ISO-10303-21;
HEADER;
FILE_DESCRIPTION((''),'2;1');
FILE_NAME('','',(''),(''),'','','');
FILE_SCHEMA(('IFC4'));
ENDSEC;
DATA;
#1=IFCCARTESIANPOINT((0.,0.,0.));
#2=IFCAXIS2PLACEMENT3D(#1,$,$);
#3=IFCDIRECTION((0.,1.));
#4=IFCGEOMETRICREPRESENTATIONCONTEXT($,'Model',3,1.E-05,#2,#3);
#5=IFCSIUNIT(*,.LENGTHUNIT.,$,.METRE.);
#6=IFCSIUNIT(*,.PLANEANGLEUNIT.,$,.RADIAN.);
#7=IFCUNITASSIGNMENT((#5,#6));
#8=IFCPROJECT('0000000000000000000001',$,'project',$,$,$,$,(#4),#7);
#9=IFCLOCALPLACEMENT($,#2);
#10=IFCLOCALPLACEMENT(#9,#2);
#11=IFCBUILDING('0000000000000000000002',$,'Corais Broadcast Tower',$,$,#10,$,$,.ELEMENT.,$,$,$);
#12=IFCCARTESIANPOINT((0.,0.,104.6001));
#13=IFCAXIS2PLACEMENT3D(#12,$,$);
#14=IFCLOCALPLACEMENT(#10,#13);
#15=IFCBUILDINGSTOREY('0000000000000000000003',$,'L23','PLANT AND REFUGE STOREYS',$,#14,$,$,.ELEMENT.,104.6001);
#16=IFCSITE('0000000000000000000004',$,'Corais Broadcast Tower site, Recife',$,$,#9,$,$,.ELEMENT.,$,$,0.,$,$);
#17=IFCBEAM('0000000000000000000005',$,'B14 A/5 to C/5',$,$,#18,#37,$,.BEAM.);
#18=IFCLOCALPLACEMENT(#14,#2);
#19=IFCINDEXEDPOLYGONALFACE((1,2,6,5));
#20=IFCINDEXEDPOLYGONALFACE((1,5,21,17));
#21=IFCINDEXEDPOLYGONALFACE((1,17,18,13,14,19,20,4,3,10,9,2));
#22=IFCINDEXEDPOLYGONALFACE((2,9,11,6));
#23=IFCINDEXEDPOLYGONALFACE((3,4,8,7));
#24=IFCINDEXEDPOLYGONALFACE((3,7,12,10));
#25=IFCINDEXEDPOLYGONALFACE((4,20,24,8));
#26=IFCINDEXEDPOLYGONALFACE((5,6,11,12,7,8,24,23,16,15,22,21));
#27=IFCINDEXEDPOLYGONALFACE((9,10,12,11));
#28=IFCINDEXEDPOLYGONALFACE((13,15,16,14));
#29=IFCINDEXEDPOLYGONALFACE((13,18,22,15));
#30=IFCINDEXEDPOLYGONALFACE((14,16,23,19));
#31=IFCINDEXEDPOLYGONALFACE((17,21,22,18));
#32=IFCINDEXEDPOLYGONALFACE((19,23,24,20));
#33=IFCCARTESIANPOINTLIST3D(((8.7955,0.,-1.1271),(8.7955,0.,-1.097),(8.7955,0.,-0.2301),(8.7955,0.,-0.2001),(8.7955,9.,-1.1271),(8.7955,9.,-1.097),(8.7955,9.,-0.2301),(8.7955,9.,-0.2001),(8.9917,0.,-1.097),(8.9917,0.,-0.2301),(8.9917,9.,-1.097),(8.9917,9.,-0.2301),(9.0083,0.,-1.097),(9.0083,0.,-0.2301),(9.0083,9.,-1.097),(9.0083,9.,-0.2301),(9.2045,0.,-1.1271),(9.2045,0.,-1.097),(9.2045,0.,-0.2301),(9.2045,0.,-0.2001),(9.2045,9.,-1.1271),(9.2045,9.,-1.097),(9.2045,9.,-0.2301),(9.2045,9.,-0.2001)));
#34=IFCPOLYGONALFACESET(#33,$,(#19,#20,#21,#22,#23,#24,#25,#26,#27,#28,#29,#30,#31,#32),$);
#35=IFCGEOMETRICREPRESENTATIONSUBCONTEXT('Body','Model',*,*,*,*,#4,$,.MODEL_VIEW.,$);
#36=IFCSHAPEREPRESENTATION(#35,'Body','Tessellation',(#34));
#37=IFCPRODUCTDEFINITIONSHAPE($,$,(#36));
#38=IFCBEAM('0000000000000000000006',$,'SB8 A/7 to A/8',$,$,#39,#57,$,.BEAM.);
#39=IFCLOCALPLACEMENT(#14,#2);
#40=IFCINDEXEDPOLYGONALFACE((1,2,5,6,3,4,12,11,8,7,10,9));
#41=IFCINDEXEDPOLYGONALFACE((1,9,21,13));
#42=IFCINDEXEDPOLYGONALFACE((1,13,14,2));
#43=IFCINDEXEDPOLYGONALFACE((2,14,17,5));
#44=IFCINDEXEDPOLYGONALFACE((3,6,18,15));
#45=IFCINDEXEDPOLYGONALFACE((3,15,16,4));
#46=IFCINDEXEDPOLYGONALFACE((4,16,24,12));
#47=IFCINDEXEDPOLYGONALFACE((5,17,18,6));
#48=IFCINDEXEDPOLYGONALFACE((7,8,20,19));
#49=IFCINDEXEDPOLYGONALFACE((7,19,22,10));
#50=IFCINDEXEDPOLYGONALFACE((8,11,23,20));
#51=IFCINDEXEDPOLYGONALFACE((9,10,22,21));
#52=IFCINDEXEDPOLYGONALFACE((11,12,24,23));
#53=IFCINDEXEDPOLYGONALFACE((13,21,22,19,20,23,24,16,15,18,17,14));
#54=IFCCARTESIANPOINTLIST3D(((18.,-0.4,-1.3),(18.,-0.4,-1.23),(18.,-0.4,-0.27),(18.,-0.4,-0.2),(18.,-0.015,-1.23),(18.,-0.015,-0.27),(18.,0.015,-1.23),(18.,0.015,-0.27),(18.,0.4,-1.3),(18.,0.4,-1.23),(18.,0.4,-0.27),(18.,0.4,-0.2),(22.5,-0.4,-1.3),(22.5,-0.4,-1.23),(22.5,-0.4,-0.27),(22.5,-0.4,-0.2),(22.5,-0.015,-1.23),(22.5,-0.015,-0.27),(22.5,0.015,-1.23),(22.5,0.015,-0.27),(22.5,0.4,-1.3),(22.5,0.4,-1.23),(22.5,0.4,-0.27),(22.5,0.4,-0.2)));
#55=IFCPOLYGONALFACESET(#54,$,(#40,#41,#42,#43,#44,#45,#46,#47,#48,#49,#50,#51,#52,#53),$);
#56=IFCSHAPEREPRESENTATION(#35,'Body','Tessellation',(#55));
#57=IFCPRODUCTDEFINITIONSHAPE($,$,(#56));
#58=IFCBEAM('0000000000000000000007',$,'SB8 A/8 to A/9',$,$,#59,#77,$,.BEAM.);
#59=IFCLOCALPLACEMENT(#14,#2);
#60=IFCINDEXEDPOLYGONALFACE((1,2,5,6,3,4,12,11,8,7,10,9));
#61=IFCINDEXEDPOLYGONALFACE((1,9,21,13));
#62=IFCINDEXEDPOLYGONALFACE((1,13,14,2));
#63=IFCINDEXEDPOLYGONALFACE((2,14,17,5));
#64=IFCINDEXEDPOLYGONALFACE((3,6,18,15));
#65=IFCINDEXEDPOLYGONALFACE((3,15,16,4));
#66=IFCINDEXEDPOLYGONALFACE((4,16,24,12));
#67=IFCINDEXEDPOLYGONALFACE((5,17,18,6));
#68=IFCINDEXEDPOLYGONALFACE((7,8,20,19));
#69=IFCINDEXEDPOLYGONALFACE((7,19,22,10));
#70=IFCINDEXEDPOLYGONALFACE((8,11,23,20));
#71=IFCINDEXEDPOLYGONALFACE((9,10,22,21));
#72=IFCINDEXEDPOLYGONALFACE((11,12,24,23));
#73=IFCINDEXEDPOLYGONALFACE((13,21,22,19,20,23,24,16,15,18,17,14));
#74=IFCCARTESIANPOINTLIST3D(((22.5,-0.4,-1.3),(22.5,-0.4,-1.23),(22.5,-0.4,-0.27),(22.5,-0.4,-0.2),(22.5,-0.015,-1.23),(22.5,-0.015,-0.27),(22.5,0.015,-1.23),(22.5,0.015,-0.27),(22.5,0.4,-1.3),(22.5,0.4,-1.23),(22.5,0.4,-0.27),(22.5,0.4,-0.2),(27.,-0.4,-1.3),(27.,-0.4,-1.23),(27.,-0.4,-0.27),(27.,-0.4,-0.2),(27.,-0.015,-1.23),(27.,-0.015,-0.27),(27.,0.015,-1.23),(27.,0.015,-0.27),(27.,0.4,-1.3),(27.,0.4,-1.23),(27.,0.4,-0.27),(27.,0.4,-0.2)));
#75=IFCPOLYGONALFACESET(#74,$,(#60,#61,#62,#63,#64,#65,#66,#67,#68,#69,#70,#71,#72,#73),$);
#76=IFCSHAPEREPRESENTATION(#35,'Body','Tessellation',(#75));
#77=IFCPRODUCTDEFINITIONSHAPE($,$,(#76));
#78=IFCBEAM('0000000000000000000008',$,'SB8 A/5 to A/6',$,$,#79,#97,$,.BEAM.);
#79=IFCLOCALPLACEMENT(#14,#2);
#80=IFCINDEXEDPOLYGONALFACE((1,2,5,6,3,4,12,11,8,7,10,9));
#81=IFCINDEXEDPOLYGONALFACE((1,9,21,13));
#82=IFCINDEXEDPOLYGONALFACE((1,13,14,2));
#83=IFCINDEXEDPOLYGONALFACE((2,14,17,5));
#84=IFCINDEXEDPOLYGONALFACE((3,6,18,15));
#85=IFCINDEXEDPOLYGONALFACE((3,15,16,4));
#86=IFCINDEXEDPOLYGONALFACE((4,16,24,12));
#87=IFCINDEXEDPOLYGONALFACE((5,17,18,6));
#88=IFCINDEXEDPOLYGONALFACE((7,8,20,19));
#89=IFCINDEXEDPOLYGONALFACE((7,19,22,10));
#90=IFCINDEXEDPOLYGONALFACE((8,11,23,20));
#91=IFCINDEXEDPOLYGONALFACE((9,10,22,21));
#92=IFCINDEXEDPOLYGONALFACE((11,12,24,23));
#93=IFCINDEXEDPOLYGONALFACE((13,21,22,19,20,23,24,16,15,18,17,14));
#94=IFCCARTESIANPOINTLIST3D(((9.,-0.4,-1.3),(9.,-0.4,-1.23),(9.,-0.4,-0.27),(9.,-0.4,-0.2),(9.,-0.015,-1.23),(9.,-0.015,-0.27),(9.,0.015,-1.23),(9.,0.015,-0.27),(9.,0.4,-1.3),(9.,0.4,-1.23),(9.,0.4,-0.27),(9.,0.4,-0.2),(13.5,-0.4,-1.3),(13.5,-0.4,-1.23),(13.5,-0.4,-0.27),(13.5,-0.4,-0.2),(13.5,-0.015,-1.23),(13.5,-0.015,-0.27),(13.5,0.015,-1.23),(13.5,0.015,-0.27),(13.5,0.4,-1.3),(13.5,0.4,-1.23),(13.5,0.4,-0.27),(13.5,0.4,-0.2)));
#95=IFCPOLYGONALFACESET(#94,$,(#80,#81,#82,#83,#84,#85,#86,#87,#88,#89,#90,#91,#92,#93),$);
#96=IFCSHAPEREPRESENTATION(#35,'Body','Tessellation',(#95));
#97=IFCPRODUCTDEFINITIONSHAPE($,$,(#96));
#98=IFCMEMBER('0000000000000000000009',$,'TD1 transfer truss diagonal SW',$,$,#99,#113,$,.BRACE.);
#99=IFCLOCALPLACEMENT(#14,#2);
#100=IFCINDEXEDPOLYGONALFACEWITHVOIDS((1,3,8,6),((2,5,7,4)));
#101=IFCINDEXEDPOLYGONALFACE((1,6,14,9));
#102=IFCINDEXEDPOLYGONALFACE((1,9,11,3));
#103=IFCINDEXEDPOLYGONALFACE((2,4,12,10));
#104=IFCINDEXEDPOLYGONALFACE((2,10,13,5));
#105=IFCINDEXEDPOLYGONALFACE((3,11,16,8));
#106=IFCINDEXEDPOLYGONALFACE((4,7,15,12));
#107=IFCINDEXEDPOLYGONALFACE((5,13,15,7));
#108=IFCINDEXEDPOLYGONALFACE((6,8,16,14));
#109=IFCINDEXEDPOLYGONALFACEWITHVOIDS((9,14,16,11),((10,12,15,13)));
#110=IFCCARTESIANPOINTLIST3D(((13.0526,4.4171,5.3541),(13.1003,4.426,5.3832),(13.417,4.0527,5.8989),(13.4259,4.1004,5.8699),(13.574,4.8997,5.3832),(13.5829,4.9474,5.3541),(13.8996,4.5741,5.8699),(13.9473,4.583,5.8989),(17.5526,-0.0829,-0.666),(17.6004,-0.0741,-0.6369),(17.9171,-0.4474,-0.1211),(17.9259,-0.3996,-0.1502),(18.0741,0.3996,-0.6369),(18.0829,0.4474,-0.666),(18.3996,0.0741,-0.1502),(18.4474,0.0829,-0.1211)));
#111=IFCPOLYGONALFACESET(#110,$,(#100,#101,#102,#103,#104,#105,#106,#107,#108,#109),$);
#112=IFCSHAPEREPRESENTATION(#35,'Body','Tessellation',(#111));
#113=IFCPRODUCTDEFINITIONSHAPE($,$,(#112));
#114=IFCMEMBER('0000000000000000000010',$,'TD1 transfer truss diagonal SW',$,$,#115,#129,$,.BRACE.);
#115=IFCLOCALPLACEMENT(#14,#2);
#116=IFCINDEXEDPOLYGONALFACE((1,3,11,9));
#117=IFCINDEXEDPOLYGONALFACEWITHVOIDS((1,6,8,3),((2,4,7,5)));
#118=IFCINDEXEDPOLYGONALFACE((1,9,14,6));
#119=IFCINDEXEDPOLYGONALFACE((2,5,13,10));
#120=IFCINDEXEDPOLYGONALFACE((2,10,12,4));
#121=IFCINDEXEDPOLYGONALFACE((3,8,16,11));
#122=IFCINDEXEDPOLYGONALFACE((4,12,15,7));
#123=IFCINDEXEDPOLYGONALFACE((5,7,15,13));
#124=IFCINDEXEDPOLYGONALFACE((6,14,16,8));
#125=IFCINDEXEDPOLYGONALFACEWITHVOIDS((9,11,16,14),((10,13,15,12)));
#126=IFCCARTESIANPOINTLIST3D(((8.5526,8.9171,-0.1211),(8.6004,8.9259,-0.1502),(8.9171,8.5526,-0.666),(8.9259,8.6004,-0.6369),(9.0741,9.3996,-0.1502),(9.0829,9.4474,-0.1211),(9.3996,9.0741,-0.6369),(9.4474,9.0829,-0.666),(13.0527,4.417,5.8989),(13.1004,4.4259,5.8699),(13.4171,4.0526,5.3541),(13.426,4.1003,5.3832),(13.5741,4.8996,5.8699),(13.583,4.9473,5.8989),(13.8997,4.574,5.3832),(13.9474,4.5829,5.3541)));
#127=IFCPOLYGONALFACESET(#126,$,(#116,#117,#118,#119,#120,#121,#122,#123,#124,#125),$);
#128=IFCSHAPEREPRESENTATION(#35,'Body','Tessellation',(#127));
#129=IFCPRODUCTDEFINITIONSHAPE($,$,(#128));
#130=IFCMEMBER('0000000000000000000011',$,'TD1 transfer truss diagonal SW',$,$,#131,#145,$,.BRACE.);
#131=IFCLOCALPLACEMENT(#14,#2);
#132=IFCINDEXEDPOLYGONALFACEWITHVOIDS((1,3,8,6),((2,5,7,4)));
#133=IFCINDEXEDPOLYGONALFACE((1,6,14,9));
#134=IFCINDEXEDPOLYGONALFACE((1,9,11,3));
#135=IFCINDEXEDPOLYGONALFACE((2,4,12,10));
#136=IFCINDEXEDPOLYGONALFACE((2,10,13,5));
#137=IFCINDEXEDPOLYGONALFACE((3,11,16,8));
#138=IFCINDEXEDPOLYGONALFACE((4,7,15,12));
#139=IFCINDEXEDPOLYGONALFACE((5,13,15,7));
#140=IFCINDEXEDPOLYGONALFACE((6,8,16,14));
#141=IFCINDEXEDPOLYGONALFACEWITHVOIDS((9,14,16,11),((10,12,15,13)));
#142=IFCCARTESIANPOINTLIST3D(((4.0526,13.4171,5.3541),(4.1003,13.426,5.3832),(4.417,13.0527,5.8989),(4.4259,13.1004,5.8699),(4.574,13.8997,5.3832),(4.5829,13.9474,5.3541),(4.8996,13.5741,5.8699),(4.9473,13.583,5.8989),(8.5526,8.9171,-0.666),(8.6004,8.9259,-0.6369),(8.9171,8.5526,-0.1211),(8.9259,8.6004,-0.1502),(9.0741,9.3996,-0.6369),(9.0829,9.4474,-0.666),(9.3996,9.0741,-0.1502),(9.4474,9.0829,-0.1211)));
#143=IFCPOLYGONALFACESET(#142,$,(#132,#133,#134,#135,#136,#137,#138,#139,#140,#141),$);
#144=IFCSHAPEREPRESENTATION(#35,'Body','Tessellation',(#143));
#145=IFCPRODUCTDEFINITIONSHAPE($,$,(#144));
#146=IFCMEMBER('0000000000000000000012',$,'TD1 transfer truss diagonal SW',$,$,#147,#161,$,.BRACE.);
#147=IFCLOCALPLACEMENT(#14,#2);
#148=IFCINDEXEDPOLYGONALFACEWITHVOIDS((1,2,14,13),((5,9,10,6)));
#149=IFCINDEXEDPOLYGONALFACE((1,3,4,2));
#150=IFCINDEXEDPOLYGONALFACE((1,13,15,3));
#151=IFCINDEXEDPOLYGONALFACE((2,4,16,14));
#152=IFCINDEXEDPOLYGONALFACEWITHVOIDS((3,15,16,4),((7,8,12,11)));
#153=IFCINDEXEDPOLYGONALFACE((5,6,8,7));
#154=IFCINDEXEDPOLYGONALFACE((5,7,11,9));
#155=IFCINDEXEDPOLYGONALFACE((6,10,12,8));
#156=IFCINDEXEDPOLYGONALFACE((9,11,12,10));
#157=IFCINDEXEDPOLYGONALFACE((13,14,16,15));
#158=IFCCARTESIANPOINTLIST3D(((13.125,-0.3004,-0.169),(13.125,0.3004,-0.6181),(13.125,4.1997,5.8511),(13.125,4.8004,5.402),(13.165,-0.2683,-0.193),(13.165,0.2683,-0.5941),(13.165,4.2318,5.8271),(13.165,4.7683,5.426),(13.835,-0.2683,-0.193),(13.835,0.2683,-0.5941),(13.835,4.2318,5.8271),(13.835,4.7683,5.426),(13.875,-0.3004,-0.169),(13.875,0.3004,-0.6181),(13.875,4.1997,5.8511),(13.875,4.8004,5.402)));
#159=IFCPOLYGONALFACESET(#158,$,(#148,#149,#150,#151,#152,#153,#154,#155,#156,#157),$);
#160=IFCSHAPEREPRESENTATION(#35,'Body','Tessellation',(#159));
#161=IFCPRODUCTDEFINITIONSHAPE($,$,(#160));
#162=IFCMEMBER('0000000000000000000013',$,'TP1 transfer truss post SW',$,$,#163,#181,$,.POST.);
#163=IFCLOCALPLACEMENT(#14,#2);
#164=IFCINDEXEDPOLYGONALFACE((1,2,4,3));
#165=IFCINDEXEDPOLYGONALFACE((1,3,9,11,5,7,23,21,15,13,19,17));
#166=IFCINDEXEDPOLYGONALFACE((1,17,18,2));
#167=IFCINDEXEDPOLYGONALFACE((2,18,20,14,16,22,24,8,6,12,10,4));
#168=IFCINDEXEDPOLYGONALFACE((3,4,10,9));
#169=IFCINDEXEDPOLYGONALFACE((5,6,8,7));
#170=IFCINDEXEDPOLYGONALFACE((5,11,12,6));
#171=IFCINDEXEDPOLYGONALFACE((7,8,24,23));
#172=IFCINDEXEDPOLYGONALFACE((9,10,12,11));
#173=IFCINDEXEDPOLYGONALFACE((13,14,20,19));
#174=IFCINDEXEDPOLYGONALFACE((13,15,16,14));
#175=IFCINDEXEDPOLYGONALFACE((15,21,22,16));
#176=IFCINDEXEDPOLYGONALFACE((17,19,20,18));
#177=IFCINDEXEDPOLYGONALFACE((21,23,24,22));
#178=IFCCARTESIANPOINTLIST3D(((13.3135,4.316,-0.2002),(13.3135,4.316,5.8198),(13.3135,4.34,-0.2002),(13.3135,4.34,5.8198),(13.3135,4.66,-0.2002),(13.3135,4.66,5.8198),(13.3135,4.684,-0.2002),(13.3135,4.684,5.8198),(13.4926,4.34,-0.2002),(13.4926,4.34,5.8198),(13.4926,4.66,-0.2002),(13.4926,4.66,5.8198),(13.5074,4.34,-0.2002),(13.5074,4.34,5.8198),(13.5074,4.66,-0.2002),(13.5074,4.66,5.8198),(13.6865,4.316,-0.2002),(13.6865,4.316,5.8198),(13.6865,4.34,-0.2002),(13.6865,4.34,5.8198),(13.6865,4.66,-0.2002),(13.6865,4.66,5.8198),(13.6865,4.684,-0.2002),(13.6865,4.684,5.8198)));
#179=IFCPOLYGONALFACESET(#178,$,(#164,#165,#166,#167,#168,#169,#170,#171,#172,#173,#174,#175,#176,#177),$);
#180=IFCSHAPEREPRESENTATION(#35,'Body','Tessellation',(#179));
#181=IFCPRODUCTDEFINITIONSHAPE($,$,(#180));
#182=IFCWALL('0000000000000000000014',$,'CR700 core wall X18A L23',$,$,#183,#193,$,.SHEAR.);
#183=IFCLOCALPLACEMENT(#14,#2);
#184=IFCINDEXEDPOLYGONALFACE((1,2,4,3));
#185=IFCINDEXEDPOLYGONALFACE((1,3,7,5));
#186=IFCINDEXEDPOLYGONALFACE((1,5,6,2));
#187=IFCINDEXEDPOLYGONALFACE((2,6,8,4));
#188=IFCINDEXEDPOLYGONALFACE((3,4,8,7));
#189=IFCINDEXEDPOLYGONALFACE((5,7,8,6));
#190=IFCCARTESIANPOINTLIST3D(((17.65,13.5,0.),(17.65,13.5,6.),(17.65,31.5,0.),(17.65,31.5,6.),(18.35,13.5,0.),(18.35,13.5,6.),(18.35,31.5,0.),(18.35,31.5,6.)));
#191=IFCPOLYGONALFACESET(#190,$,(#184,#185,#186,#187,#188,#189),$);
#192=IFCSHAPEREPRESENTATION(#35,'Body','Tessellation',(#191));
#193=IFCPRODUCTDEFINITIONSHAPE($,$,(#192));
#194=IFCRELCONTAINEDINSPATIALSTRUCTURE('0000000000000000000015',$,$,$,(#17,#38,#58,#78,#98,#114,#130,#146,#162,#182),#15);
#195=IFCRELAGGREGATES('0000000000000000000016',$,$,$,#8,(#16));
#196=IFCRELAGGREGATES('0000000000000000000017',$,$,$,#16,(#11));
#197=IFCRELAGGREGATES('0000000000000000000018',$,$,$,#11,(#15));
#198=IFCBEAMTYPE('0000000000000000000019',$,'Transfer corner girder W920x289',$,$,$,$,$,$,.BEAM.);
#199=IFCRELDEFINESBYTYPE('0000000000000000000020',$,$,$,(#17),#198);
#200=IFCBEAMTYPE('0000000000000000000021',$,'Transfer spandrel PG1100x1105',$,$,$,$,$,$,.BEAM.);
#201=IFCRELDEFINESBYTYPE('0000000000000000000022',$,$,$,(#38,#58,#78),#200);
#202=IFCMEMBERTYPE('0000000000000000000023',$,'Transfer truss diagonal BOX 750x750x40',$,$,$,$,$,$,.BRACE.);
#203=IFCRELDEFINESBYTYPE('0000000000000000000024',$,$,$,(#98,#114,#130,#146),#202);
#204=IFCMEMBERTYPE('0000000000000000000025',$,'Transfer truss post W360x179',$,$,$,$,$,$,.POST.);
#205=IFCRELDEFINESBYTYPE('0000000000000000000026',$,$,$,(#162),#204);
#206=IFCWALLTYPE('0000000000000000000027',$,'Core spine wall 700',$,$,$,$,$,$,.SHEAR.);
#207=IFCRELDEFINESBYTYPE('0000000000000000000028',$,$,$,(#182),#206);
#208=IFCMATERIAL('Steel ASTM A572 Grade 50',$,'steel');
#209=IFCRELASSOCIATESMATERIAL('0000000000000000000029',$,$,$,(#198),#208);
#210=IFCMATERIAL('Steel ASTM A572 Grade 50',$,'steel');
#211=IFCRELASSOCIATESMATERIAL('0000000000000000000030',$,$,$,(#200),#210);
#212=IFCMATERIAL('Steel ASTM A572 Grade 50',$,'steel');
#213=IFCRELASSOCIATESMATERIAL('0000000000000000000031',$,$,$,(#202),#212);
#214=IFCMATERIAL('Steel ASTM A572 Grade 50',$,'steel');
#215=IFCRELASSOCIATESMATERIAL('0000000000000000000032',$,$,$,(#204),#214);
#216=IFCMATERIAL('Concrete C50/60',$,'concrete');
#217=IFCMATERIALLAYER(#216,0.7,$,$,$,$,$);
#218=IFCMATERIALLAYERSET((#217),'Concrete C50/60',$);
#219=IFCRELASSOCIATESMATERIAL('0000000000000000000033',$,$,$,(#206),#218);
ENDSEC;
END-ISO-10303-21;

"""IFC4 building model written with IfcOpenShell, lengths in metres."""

from ifc_helpers import new_model, si_unit, direction, frame, frame_2d, origin, origin_2d, place, context, subcontext, project, spatial, rectangle, hollow_rectangle, i_section, extrude, material, layer, layer_set, material_profile, profile_set, type_object, element, save


model = new_model("IFC4")

# Units and contexts
model_context = context("Model", 3, precision=1e-05, world=origin(), true_north=direction((0.0, 1.0)))
body_context = subcontext(model_context, "Body", "Model", "MODEL_VIEW")
ifc_project = project(units=[si_unit("LENGTHUNIT", "METRE"), si_unit("PLANEANGLEUNIT", "RADIAN")], contexts=[model_context])

# Site, building, storey
site_placement = place(None, origin())
site = spatial("IfcSite", under=ifc_project, at=site_placement, Name="Corais Broadcast Tower site, Recife", CompositionType="ELEMENT", RefElevation=0.0)
building_placement = place(site_placement, origin())
building = spatial("IfcBuilding", under=site, at=building_placement, Name="Corais Broadcast Tower", CompositionType="ELEMENT")
storey_placement = place(building_placement, frame((0.0, 0.0, 104.6001)))
storey = spatial("IfcBuildingStorey", under=building, at=storey_placement, Name="L23", Description="PLANT AND REFUGE STOREYS", CompositionType="ELEMENT", Elevation=104.6001)

# Beams
ifc_material_1 = material(Name="Steel ASTM A572 Grade 50", Category="steel")
ifc_material_profile_1 = material_profile(ifc_material_1, i_section(OverallWidth=0.4089, OverallDepth=0.927, WebThickness=0.0166, FlangeThickness=0.03, at=origin_2d()), Name="W920x289")
ifc_profile_set_1 = profile_set([ifc_material_profile_1], Name="Steel ASTM A572 Grade 50")
beam_type_1 = type_object("IfcBeamType", Name="Transfer corner girder W920x289", PredefinedType="BEAM", material=ifc_profile_set_1)
beam_1_placement = place(storey_placement, frame((9.0, 0.0, -0.6636), z_axis=(0.0, 1.0, 0.0), x_axis=(-1.0, 0.0, 0.0)))
element("IfcBeam", 1, at=beam_1_placement, inside=storey, type_object=beam_type_1, Name="B14 A/5 to C/5", PredefinedType="BEAM", context=body_context, shape_type="SweptSolid", body=[
    extrude(i_section(OverallWidth=0.4089, OverallDepth=0.927, WebThickness=0.0166, FlangeThickness=0.03, at=origin_2d()), origin(), (0.0, 0.0, 1.0), 9.0),
])
ifc_material_2 = material(Name="Steel ASTM A572 Grade 50", Category="steel")
ifc_material_profile_2 = material_profile(ifc_material_2, i_section(OverallWidth=0.8, OverallDepth=1.1001, WebThickness=0.03, FlangeThickness=0.0701, at=origin_2d()), Name="PG1100x1105")
ifc_profile_set_2 = profile_set([ifc_material_profile_2], Name="Steel ASTM A572 Grade 50")
beam_type_2 = type_object("IfcBeamType", Name="Transfer spandrel PG1100x1105", PredefinedType="BEAM", material=ifc_profile_set_2)
for number, where, z_axis, x_axis, name in (
    (2, (18.0, 0.0, -0.75), (1.0, 0.0, 0.0), (0.0, 1.0, 0.0), "SB8 A/7 to A/8"),
    (3, (22.5, 0.0, -0.75), (1.0, 0.0, 0.0), (0.0, 1.0, 0.0), "SB8 A/8 to A/9"),
    (4, (9.0, 0.0, -0.75), (1.0, 0.0, 0.0), (0.0, 1.0, 0.0), "SB8 A/5 to A/6"),
):
    element("IfcBeam", number, at=place(storey_placement, frame(where, z_axis=z_axis, x_axis=x_axis)), inside=storey, type_object=beam_type_2, Name=name, PredefinedType="BEAM", context=body_context, shape_type="SweptSolid", body=[
        extrude(i_section(OverallWidth=0.8, OverallDepth=1.1001, WebThickness=0.03, FlangeThickness=0.0701, at=origin_2d()), origin(), (0.0, 0.0, 1.0), 4.5),
    ])

# Members
ifc_material_3 = material(Name="Steel ASTM A572 Grade 50", Category="steel")
ifc_material_profile_3 = material_profile(ifc_material_3, hollow_rectangle(XDim=0.75, YDim=0.75, WallThickness=0.04, at=origin_2d()), Name="BOX 750x750x40")
ifc_profile_set_3 = profile_set([ifc_material_profile_3], Name="Steel ASTM A572 Grade 50")
member_type_1 = type_object("IfcMemberType", Name="Transfer truss diagonal BOX 750x750x40", PredefinedType="BRACE", material=ifc_profile_set_3)
for number, where, z_axis, x_axis, name in (
    (5, (18.0, 0.0, -0.3936), (-0.513688, 0.513688, 0.687203), (-0.707107, -0.707107, 0.0), "TD1 transfer truss diagonal SW"),
    (6, (9.0, 9.0, -0.3936), (0.513688, -0.513688, 0.687203), (0.707107, 0.707107, 0.0), "TD1 transfer truss diagonal SW"),
    (7, (9.0, 9.0, -0.3936), (-0.513688, 0.513688, 0.687203), (-0.707107, -0.707107, 0.0), "TD1 transfer truss diagonal SW"),
):
    element("IfcMember", number, at=place(storey_placement, frame(where, z_axis=z_axis, x_axis=x_axis)), inside=storey, type_object=member_type_1, Name=name, PredefinedType="BRACE", context=body_context, shape_type="SweptSolid", body=[
        extrude(hollow_rectangle(XDim=0.75, YDim=0.75, WallThickness=0.04, at=origin_2d()), origin(), (0.0, 0.0, 1.0), 8.7603),
    ])
member_1_placement = place(storey_placement, frame((13.5, 0.0, -0.3936), z_axis=(0.0, 0.598721, 0.800958), x_axis=(-1.0, 0.0, 0.0)))
element("IfcMember", 8, at=member_1_placement, inside=storey, type_object=member_type_1, Name="TD1 transfer truss diagonal SW", PredefinedType="BRACE", context=body_context, shape_type="SweptSolid", body=[
    extrude(hollow_rectangle(XDim=0.75, YDim=0.75, WallThickness=0.04, at=origin_2d()), origin(), (0.0, 0.0, 1.0), 7.5161),
])
ifc_material_4 = material(Name="Steel ASTM A572 Grade 50", Category="steel")
ifc_material_profile_4 = material_profile(ifc_material_4, i_section(OverallWidth=0.373, OverallDepth=0.3679, WebThickness=0.0149, FlangeThickness=0.0239, at=origin_2d()), Name="W360x179")
ifc_profile_set_4 = profile_set([ifc_material_profile_4], Name="Steel ASTM A572 Grade 50")
member_type_2 = type_object("IfcMemberType", Name="Transfer truss post W360x179", PredefinedType="POST", material=ifc_profile_set_4)
member_2_placement = place(storey_placement, frame((13.5, 4.5, -0.2002), z_axis=(0.0, 0.0, 1.0), x_axis=(1.0, 0.0, 0.0)))
element("IfcMember", 9, at=member_2_placement, inside=storey, type_object=member_type_2, Name="TP1 transfer truss post SW", PredefinedType="POST", context=body_context, shape_type="SweptSolid", body=[
    extrude(i_section(OverallWidth=0.373, OverallDepth=0.3679, WebThickness=0.0149, FlangeThickness=0.0239, at=origin_2d()), origin(), (0.0, 0.0, 1.0), 6.02),
])

# Wall
ifc_material_5 = material(Name="Concrete C50/60", Category="concrete")
ifc_layer_1 = layer(ifc_material_5, 0.7)
ifc_layer_set_1 = layer_set([ifc_layer_1], Name="Concrete C50/60")
wall_type_1 = type_object("IfcWallType", Name="Core spine wall 700", PredefinedType="SHEAR", material=ifc_layer_set_1)
wall_1_placement = place(storey_placement, frame((18.0, 13.5, 0.0), z_axis=(0.0, 0.0, 1.0), x_axis=(0.0, 1.0, 0.0)))
element("IfcWall", 10, at=wall_1_placement, inside=storey, type_object=wall_type_1, Name="CR700 core wall X18A L23", PredefinedType="SHEAR", context=body_context, shape_type="SweptSolid", body=[
    extrude(rectangle(XDim=18.0, YDim=0.7, at=frame_2d((9.0, 0.0))), origin(), (0.0, 0.0, 1.0), 6.0),
])

save(model, "model.ifc")
